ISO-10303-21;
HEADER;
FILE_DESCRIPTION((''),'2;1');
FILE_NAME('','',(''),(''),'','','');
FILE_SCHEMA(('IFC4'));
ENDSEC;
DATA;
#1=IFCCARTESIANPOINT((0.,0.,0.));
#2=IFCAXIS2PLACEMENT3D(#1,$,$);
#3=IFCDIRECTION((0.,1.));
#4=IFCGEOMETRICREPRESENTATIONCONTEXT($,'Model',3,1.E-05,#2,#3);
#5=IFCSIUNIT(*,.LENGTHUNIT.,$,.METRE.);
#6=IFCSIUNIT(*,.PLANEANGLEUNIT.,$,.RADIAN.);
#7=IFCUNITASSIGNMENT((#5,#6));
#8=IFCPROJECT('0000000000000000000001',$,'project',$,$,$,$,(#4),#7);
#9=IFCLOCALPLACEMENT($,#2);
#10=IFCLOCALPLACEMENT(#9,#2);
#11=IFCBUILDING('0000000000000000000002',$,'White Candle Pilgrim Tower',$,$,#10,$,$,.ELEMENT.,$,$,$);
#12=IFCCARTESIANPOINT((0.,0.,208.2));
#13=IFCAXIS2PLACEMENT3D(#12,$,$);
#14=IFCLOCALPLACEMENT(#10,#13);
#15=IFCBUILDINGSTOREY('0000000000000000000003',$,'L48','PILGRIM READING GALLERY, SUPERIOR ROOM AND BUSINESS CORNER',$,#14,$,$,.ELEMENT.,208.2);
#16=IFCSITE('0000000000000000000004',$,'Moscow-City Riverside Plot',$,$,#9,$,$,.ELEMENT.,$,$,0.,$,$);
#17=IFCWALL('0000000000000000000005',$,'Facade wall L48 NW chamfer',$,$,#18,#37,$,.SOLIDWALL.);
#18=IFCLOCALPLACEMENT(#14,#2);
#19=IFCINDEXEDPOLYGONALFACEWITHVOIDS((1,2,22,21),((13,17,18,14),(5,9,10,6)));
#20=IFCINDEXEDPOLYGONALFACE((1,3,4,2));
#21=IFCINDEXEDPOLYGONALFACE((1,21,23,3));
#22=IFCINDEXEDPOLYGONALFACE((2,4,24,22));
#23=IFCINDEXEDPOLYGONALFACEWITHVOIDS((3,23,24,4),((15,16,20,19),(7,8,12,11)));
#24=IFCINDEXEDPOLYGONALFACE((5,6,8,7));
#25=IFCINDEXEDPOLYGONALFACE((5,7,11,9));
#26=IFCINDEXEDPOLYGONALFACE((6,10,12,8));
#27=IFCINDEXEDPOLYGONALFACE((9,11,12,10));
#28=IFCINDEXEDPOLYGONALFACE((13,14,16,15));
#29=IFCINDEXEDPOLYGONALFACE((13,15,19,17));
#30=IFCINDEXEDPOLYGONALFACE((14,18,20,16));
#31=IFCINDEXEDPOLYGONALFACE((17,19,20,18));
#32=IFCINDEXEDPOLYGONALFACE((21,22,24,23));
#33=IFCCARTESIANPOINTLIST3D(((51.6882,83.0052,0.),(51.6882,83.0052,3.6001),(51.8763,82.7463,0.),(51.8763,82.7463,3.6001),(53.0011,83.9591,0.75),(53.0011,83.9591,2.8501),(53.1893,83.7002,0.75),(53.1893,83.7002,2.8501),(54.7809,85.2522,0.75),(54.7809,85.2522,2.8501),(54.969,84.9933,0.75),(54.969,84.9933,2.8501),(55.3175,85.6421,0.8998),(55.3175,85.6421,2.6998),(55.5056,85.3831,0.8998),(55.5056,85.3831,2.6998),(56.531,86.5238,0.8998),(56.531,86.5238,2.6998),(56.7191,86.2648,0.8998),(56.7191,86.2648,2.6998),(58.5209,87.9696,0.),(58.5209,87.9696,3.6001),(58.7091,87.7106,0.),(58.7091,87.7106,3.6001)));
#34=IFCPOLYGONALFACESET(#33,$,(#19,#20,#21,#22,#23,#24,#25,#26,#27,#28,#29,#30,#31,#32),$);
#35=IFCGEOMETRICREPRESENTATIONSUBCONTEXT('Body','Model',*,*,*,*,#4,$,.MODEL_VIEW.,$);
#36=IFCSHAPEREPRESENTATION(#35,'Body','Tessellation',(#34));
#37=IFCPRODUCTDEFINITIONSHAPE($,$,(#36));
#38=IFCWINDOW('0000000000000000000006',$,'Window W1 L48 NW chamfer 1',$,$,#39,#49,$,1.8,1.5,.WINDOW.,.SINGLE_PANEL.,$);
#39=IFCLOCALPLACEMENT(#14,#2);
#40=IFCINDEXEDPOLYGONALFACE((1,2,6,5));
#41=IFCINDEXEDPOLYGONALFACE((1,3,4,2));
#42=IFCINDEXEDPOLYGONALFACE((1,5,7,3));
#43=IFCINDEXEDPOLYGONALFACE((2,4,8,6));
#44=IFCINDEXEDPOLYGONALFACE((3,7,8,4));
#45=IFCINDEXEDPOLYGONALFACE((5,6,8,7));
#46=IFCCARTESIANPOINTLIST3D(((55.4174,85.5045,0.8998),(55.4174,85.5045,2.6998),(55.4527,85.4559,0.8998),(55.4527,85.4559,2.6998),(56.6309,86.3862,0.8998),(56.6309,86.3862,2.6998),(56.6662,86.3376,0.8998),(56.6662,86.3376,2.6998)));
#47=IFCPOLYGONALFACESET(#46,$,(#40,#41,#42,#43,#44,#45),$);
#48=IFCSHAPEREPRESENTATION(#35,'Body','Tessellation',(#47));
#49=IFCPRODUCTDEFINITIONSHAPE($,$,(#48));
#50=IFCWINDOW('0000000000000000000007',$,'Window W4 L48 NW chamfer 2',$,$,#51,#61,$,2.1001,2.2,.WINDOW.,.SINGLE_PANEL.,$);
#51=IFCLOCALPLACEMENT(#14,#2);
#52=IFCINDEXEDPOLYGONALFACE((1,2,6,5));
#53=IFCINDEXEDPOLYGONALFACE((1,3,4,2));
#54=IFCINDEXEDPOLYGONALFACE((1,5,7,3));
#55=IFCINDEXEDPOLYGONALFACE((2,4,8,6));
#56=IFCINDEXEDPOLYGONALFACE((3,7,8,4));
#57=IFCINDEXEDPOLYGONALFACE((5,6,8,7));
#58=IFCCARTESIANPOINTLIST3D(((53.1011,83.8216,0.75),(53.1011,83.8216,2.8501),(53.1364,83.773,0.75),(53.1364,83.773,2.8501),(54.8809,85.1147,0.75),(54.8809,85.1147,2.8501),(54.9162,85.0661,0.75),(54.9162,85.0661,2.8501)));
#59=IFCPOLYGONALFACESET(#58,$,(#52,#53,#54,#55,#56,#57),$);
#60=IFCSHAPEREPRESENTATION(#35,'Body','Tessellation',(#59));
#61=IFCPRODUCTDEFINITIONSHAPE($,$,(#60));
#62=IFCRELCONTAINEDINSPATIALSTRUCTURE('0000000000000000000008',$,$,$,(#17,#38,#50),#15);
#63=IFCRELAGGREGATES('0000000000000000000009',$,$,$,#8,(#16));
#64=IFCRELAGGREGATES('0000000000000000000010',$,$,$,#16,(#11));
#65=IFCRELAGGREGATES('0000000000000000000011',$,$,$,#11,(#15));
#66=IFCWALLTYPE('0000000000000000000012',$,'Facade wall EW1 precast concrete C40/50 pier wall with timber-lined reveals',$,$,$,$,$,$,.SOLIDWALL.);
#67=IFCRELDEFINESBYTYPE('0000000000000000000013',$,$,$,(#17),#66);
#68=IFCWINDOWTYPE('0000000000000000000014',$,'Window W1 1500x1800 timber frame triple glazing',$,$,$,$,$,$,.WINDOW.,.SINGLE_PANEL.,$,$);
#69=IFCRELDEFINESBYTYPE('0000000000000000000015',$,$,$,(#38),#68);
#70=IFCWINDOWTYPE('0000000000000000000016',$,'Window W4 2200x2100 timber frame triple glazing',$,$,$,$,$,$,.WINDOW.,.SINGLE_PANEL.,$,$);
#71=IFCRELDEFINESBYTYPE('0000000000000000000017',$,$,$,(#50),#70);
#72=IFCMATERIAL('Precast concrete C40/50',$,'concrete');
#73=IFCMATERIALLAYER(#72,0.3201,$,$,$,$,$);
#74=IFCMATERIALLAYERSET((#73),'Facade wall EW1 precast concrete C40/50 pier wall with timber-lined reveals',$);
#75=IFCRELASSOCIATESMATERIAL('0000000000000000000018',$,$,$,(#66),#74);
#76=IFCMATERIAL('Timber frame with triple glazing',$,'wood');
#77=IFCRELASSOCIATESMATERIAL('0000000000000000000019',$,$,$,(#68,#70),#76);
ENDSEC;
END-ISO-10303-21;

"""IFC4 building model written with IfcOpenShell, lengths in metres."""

from ifc_helpers import new_model, si_unit, direction, frame, frame_2d, origin, place, context, subcontext, project, spatial, rectangle, extrude, material, layer, layer_set, type_object, element, fill, save


model = new_model("IFC4")

# Units and contexts
model_context = context("Model", 3, precision=1e-05, world=origin(), true_north=direction((0.0, 1.0)))
body_context = subcontext(model_context, "Body", "Model", "MODEL_VIEW")
ifc_project = project(units=[si_unit("LENGTHUNIT", "METRE"), si_unit("PLANEANGLEUNIT", "RADIAN")], contexts=[model_context])

# Site, building, storey
site_placement = place(None, origin())
site = spatial("IfcSite", under=ifc_project, at=site_placement, Name="Moscow-City Riverside Plot", CompositionType="ELEMENT", RefElevation=0.0)
building_placement = place(site_placement, origin())
building = spatial("IfcBuilding", under=site, at=building_placement, Name="White Candle Pilgrim Tower", CompositionType="ELEMENT")
storey_placement = place(building_placement, frame((0.0, 0.0, 208.2)))
storey = spatial("IfcBuildingStorey", under=building, at=storey_placement, Name="L48", Description="PILGRIM READING GALLERY, SUPERIOR ROOM AND BUSINESS CORNER", CompositionType="ELEMENT", Elevation=208.2)

# Wall, openings, windows
ifc_material_1 = material(Name="Precast concrete C40/50", Category="concrete")
ifc_layer_1 = layer(ifc_material_1, 0.3201)
ifc_layer_set_1 = layer_set([ifc_layer_1], Name="Facade wall EW1 precast concrete C40/50 pier wall with timber-lined reveals")
wall_type_1 = type_object("IfcWallType", Name="Facade wall EW1 precast concrete C40/50 pier wall with timber-lined reveals", PredefinedType="SOLIDWALL", material=ifc_layer_set_1)
wall_1_placement = place(storey_placement, frame((58.615, 87.8401, 0.0), z_axis=(0.0, 0.0, 1.0), x_axis=(-0.809013, -0.58779, 0.0)))
wall_1 = element("IfcWall", 1, at=wall_1_placement, inside=storey, type_object=wall_type_1, Name="Facade wall L48 NW chamfer", PredefinedType="SOLIDWALL", context=body_context, shape_type="SweptSolid", body=[
    extrude(rectangle(XDim=8.4458, YDim=0.3201, at=frame_2d((4.2229, 0.0))), origin(), (0.0, 0.0, 1.0), 3.6001),
])
opening_1_placement = place(wall_1_placement, frame((2.4597, 0.0, 0.8999)))
opening_1 = element("IfcOpeningElement", 2, at=opening_1_placement, cuts=wall_1, PredefinedType="OPENING", context=body_context, shape_type="SweptSolid", body=[
    extrude(rectangle(XDim=1.5, YDim=1.8, at=frame_2d((0.75, 0.8999))), frame((0.0, 0.1699, 0.0), z_axis=(0.0, -1.0, 0.0), x_axis=(1.0, 0.0, 0.0)), (0.0, 0.0, 1.0), 0.3401),
])
opening_2_placement = place(wall_1_placement, frame((4.6228, 0.0, 0.75)))
opening_2 = element("IfcOpeningElement", 3, at=opening_2_placement, cuts=wall_1, PredefinedType="OPENING", context=body_context, shape_type="SweptSolid", body=[
    extrude(rectangle(XDim=2.2, YDim=2.1001, at=frame_2d((1.1001, 1.05))), frame((0.0, 0.1699, 0.0), z_axis=(0.0, -1.0, 0.0), x_axis=(1.0, 0.0, 0.0)), (0.0, 0.0, 1.0), 0.3401),
])
ifc_material_2 = material(Name="Timber frame with triple glazing", Category="wood")
window_type_1 = type_object("IfcWindowType", Name="Window W1 1500x1800 timber frame triple glazing", PartitioningType="SINGLE_PANEL", PredefinedType="WINDOW", material=ifc_material_2)
window_1_placement = place(opening_1_placement, origin())
window_1 = element("IfcWindow", 4, at=window_1_placement, inside=storey, type_object=window_type_1, Name="Window W1 L48 NW chamfer 1", OverallHeight=1.8, OverallWidth=1.5, PartitioningType="SINGLE_PANEL", PredefinedType="WINDOW", context=body_context, shape_type="SweptSolid", body=[
    extrude(rectangle(XDim=1.5, YDim=1.8, at=frame_2d((0.75, 0.8999))), frame((0.0, 0.0701, 0.0), z_axis=(0.0, -1.0, 0.0), x_axis=(1.0, 0.0, 0.0)), (0.0, 0.0, 1.0), 0.0601),
])
fill(opening_1, window_1)
window_type_2 = type_object("IfcWindowType", Name="Window W4 2200x2100 timber frame triple glazing", PartitioningType="SINGLE_PANEL", PredefinedType="WINDOW", material=ifc_material_2)
window_2_placement = place(opening_2_placement, origin())
window_2 = element("IfcWindow", 5, at=window_2_placement, inside=storey, type_object=window_type_2, Name="Window W4 L48 NW chamfer 2", OverallHeight=2.1001, OverallWidth=2.2, PartitioningType="SINGLE_PANEL", PredefinedType="WINDOW", context=body_context, shape_type="SweptSolid", body=[
    extrude(rectangle(XDim=2.2, YDim=2.1001, at=frame_2d((1.1001, 1.05))), frame((0.0, 0.0701, 0.0), z_axis=(0.0, -1.0, 0.0), x_axis=(1.0, 0.0, 0.0)), (0.0, 0.0, 1.0), 0.0601),
])
fill(opening_2, window_2)

save(model, "model.ifc")
